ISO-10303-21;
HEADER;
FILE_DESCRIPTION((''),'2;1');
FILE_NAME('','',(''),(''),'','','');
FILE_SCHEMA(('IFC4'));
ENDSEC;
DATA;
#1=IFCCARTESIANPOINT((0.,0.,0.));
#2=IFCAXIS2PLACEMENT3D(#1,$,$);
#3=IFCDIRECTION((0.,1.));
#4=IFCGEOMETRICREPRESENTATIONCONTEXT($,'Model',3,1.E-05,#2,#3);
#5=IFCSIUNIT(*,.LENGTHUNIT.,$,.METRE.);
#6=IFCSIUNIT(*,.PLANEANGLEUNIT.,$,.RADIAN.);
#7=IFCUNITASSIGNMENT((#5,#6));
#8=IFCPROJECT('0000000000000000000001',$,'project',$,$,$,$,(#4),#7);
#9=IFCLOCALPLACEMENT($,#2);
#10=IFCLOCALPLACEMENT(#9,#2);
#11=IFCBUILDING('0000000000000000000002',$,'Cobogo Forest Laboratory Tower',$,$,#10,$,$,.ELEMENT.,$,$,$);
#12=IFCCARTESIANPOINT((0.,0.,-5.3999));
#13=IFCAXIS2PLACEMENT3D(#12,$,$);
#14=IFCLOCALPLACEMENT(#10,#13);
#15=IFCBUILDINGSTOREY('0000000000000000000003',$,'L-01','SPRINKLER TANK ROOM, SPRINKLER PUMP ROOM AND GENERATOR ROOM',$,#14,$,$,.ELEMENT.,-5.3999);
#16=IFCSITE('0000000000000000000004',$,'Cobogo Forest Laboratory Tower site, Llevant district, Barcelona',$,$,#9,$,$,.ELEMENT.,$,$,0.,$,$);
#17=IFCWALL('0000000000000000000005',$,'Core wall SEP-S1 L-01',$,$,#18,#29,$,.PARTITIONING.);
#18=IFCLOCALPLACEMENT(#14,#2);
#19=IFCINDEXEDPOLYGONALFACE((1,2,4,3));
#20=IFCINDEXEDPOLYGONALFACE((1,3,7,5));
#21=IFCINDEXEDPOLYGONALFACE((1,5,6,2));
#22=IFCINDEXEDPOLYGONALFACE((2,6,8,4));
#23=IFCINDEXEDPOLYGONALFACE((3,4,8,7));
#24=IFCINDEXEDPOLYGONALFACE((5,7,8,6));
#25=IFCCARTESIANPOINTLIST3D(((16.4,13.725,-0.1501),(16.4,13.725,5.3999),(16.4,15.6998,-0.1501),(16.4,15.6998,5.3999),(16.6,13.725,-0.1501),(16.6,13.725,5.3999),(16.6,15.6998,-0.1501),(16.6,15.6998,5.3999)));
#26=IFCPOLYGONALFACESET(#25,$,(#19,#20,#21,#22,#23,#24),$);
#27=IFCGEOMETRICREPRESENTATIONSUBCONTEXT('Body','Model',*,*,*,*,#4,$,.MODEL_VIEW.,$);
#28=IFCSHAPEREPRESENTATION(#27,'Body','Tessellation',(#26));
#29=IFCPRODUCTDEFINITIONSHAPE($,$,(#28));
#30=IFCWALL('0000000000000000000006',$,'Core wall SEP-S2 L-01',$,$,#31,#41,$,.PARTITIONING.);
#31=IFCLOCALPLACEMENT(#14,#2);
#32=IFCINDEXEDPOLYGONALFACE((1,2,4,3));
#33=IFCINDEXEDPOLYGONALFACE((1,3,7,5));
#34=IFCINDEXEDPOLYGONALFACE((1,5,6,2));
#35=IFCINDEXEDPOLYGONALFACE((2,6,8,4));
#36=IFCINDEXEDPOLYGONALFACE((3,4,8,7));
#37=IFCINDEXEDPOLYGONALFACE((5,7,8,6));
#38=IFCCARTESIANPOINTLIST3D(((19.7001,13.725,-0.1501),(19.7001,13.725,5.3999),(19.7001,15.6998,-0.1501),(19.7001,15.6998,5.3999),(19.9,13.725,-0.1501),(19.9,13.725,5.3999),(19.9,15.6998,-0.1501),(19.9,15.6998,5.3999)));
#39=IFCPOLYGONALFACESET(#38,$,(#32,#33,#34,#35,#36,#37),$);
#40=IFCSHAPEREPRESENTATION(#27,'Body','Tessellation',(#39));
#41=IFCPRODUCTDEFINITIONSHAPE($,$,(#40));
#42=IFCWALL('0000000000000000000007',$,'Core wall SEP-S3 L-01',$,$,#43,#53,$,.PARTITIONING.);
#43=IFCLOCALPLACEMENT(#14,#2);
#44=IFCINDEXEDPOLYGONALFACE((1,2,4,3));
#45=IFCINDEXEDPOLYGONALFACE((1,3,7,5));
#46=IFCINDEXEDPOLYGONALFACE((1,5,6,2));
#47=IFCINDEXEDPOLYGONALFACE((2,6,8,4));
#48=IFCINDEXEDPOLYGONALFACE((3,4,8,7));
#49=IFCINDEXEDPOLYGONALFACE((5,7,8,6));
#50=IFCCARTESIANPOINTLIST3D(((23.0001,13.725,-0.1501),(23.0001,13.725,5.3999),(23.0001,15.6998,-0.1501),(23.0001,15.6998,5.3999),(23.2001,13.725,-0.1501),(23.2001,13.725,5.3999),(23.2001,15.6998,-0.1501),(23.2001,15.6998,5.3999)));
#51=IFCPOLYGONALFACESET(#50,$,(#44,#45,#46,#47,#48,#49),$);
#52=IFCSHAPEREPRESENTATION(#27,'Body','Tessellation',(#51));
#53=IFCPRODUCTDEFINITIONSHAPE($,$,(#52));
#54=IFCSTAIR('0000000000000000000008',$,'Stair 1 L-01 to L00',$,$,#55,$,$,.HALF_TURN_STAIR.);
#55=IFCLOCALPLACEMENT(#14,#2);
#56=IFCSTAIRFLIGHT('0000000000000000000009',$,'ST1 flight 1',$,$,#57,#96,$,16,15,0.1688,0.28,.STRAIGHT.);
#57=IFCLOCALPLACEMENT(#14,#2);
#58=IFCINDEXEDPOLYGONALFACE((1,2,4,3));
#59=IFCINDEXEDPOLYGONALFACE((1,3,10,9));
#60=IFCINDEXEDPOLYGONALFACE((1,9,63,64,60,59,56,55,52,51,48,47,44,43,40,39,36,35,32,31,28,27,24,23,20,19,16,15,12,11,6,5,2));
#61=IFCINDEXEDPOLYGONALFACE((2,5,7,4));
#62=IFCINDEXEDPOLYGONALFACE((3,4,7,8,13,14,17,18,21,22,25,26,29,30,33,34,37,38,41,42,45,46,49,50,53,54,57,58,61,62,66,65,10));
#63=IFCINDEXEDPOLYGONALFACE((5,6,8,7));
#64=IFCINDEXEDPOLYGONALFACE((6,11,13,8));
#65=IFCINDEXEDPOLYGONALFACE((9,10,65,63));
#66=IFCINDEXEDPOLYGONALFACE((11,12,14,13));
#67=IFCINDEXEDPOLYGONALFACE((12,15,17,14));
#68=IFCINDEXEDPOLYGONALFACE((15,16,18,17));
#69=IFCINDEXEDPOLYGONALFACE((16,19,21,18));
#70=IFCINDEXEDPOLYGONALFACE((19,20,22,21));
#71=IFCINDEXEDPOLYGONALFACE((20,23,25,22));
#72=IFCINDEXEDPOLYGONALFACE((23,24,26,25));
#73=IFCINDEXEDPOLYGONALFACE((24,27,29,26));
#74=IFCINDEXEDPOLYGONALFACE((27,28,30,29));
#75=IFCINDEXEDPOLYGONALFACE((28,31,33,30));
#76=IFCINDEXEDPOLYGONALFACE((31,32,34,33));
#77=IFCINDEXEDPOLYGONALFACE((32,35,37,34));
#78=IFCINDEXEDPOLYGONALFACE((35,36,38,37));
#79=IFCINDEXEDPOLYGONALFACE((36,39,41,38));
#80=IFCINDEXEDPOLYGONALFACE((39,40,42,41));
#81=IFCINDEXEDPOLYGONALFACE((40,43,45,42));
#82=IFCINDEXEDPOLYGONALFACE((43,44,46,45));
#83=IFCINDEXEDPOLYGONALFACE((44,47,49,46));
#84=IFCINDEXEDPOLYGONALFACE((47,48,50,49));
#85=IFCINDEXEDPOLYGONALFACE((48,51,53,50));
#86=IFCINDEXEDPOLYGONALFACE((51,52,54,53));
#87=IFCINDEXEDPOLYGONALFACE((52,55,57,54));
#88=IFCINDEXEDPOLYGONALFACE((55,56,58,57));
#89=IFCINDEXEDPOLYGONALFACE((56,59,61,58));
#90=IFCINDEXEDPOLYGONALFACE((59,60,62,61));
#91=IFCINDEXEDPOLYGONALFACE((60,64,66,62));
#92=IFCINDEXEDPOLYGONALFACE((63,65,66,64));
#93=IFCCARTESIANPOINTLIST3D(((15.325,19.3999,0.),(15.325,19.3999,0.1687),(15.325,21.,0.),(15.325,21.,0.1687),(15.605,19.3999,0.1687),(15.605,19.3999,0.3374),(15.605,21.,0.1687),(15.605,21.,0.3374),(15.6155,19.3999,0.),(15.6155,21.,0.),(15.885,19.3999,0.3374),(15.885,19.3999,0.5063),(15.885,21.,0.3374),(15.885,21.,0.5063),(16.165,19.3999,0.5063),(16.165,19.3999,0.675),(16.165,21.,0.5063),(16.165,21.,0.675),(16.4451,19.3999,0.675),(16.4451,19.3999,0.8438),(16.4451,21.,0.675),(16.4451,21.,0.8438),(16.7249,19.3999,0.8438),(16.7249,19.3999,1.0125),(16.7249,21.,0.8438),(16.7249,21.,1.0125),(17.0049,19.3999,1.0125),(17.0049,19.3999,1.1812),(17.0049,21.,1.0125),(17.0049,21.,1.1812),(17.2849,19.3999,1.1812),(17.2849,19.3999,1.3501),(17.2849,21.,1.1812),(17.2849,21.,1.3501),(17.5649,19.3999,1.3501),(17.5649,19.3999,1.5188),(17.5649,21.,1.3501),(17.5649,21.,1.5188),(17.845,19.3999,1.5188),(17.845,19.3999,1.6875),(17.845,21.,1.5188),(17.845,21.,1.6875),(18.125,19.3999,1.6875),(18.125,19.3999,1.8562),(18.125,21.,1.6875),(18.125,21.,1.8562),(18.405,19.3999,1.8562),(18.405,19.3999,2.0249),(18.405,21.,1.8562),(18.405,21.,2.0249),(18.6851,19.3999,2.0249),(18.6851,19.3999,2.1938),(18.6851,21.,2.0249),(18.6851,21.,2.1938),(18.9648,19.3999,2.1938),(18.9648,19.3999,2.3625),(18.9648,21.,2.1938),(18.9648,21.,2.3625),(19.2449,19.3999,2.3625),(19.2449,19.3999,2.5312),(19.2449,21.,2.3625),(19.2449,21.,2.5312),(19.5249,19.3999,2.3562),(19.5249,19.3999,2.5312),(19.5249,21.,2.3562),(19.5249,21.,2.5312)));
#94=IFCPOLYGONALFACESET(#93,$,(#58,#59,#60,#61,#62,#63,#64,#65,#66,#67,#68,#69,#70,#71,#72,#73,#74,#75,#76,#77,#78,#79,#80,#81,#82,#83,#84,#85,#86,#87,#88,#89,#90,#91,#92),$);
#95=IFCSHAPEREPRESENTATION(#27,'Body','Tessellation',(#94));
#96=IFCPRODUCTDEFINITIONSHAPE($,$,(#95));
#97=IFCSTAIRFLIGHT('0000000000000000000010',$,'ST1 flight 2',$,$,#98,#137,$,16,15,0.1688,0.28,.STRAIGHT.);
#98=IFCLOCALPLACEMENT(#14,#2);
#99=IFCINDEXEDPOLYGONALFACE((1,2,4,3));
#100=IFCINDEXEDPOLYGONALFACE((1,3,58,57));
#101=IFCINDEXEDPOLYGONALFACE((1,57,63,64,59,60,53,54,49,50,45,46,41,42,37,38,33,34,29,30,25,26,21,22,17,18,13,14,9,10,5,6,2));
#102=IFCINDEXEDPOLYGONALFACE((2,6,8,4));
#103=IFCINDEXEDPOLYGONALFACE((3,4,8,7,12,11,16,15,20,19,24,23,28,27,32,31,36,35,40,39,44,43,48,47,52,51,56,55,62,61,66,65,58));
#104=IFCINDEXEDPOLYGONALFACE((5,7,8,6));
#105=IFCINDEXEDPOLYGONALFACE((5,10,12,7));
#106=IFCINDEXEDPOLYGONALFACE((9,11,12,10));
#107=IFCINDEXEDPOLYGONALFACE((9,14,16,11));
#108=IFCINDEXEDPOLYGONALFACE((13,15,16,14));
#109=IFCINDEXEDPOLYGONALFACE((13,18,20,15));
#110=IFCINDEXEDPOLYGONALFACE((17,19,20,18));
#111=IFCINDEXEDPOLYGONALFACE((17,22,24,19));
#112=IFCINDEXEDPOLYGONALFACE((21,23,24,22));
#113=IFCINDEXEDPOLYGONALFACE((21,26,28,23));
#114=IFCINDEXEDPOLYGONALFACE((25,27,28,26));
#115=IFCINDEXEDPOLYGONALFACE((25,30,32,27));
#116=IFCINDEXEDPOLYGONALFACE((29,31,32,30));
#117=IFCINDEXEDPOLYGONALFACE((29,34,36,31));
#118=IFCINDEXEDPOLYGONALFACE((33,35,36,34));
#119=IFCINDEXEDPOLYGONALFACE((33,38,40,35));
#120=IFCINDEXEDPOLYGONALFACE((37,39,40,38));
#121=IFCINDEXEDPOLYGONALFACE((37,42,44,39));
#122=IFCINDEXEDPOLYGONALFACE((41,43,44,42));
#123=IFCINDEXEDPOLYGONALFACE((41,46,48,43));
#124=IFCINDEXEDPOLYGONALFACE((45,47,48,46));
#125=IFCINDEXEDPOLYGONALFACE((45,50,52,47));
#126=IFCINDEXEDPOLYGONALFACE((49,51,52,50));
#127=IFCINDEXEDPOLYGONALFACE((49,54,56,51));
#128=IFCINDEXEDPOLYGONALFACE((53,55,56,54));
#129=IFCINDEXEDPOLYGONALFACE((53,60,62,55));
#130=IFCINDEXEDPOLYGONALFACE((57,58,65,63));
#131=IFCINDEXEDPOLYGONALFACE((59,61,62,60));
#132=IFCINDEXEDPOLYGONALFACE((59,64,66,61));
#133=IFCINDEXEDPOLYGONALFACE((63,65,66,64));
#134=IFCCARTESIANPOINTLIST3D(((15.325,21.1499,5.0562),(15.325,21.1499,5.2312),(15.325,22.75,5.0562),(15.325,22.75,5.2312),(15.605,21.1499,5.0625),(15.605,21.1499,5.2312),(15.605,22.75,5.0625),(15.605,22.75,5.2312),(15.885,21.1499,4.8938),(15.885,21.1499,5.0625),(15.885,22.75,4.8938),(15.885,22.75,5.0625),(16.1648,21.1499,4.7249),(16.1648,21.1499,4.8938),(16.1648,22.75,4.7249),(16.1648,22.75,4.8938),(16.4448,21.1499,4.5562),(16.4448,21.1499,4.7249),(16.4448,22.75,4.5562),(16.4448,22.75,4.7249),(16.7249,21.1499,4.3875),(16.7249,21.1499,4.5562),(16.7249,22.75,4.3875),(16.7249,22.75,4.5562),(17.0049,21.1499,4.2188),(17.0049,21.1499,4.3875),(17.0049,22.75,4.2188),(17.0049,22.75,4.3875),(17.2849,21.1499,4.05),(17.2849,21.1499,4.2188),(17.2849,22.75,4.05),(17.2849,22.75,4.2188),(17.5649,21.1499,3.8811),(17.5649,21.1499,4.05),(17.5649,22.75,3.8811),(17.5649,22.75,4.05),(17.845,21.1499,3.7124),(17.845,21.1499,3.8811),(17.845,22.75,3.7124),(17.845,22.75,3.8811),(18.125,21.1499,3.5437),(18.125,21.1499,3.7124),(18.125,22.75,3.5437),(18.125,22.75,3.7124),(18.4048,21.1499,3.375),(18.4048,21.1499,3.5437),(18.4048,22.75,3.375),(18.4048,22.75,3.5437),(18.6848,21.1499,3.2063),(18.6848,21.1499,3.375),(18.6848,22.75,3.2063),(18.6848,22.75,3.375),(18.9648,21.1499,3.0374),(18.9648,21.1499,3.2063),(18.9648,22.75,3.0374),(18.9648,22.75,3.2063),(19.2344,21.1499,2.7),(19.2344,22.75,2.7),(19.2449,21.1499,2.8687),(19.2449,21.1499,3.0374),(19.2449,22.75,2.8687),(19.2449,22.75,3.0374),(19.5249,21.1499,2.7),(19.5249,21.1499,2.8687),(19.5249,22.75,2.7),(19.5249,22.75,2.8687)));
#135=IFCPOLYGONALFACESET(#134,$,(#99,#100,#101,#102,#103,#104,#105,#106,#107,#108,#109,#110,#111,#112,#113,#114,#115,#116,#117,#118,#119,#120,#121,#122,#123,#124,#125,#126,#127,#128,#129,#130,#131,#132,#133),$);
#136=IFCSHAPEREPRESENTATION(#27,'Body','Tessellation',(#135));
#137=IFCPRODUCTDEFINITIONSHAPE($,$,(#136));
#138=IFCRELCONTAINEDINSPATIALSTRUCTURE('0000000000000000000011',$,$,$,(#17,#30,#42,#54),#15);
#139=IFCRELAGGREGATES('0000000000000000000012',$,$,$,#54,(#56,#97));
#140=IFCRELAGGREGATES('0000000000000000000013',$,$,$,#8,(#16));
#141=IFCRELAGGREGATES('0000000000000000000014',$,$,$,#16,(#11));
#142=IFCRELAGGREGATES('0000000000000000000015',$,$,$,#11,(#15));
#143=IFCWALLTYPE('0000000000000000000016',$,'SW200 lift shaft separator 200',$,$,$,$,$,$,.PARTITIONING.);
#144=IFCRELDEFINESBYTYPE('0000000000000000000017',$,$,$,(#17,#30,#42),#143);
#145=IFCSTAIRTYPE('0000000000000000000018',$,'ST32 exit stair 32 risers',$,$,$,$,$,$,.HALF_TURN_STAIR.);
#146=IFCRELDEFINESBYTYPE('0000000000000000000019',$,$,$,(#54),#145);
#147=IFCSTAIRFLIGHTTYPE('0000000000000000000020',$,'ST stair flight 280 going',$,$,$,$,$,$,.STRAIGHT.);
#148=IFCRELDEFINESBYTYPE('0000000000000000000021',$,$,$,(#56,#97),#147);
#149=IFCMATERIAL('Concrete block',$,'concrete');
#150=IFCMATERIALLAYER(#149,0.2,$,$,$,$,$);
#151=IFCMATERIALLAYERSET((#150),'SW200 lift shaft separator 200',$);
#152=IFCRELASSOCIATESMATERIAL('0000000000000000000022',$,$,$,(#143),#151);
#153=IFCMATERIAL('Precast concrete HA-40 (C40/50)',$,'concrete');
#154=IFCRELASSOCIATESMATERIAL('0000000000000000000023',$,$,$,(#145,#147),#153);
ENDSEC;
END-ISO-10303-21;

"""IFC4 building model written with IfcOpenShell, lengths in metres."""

from ifc_helpers import new_model, si_unit, direction, frame, frame_2d, origin, place, context, subcontext, project, spatial, polyline, rectangle, outline, extrude, material, layer, layer_set, type_object, element, aggregate, save


model = new_model("IFC4")

# Units and contexts
model_context = context("Model", 3, precision=1e-05, world=origin(), true_north=direction((0.0, 1.0)))
body_context = subcontext(model_context, "Body", "Model", "MODEL_VIEW")
ifc_project = project(units=[si_unit("LENGTHUNIT", "METRE"), si_unit("PLANEANGLEUNIT", "RADIAN")], contexts=[model_context])

# Site, building, storey
site_placement = place(None, origin())
site = spatial("IfcSite", under=ifc_project, at=site_placement, Name="Cobogo Forest Laboratory Tower site, Llevant district, Barcelona", CompositionType="ELEMENT", RefElevation=0.0)
building_placement = place(site_placement, origin())
building = spatial("IfcBuilding", under=site, at=building_placement, Name="Cobogo Forest Laboratory Tower", CompositionType="ELEMENT")
storey_placement = place(building_placement, frame((0.0, 0.0, -5.3999)))
storey = spatial("IfcBuildingStorey", under=building, at=storey_placement, Name="L-01", Description="SPRINKLER TANK ROOM, SPRINKLER PUMP ROOM AND GENERATOR ROOM", CompositionType="ELEMENT", Elevation=-5.3999)

# Walls
ifc_material_1 = material(Name="Concrete block", Category="concrete")
ifc_layer_1 = layer(ifc_material_1, 0.2)
ifc_layer_set_1 = layer_set([ifc_layer_1], Name="SW200 lift shaft separator 200")
wall_type_1 = type_object("IfcWallType", Name="SW200 lift shaft separator 200", PredefinedType="PARTITIONING", material=ifc_layer_set_1)
for number, where, z_axis, x_axis, name in (
    (1, (16.5, 13.7251, -0.1501), (0.0, 0.0, 1.0), (0.0, 1.0, 0.0), "Core wall SEP-S1 L-01"),
    (2, (19.8, 13.7251, -0.1501), (0.0, 0.0, 1.0), (0.0, 1.0, 0.0), "Core wall SEP-S2 L-01"),
    (3, (23.1001, 13.7251, -0.1501), (0.0, 0.0, 1.0), (0.0, 1.0, 0.0), "Core wall SEP-S3 L-01"),
):
    element("IfcWall", number, at=place(storey_placement, frame(where, z_axis=z_axis, x_axis=x_axis)), inside=storey, type_object=wall_type_1, Name=name, PredefinedType="PARTITIONING", context=body_context, shape_type="SweptSolid", body=[
        extrude(rectangle(XDim=1.9749, YDim=0.2, at=frame_2d((0.9873, 0.0))), origin(), (0.0, 0.0, 1.0), 5.55),
    ])

# Stair, stair flights
ifc_material_2 = material(Name="Precast concrete HA-40 (C40/50)", Category="concrete")
stair_type = type_object("IfcStairType", Name="ST32 exit stair 32 risers", PredefinedType="HALF_TURN_STAIR", material=ifc_material_2)
stair_placement = place(storey_placement, origin())
stair = element("IfcStair", 4, at=stair_placement, inside=storey, type_object=stair_type, Name="Stair 1 L-01 to L00", PredefinedType="HALF_TURN_STAIR")
stair_flight_type = type_object("IfcStairFlightType", Name="ST stair flight 280 going", PredefinedType="STRAIGHT", material=ifc_material_2)
stair_flight_1_placement = place(storey_placement, frame((15.325, 20.2, 0.0), z_axis=(0.0, 0.0, 1.0), x_axis=(1.0, 0.0, 0.0)))
stair_flight_1 = element("IfcStairFlight", 5, at=stair_flight_1_placement, type_object=stair_flight_type, Name="ST1 flight 1", NumberOfRisers=16, NumberOfTreads=15, PredefinedType="STRAIGHT", RiserHeight=0.1688, TreadLength=0.28, context=body_context, shape_type="SweptSolid", body=[
    extrude(outline(polyline([(0.0, 0.0), (0.0, 0.1687), (0.28, 0.1687), (0.28, 0.3374), (0.5601, 0.3374), (0.5601, 0.5063), (0.8401, 0.5063), (0.8401, 0.675), (1.1201, 0.675), (1.1201, 0.8438), (1.3999, 0.8438), (1.3999, 1.0125), (1.6799, 1.0125), (1.6799, 1.1812), (1.96, 1.1812), (1.96, 1.3501), (2.24, 1.3501), (2.24, 1.5188), (2.52, 1.5188), (2.52, 1.6875), (2.8, 1.6875), (2.8, 1.8562), (3.0801, 1.8562), (3.0801, 2.0249), (3.3601, 2.0249), (3.3601, 2.1938), (3.6399, 2.1938), (3.6399, 2.3625), (3.9199, 2.3625), (3.9199, 2.5312), (4.2, 2.5312), (4.2, 2.7), (4.2, 2.3562), (0.2905, 0.0), (0.0, 0.0)])), frame((0.0, 0.8, 0.0), z_axis=(0.0, -1.0, 0.0), x_axis=(1.0, 0.0, 0.0)), (0.0, 0.0, 1.0), 1.6001),
])
stair_flight_2_placement = place(storey_placement, frame((19.5249, 21.95, 2.7), z_axis=(0.0, 0.0, 1.0), x_axis=(-1.0, 0.0, 0.0)))
stair_flight_2 = element("IfcStairFlight", 6, at=stair_flight_2_placement, type_object=stair_flight_type, Name="ST1 flight 2", NumberOfRisers=16, NumberOfTreads=15, PredefinedType="STRAIGHT", RiserHeight=0.1688, TreadLength=0.28, context=body_context, shape_type="SweptSolid", body=[
    extrude(outline(polyline([(0.0, 0.0), (0.0, 0.1687), (0.28, 0.1687), (0.28, 0.3374), (0.5601, 0.3374), (0.5601, 0.5063), (0.8401, 0.5063), (0.8401, 0.675), (1.1201, 0.675), (1.1201, 0.8438), (1.3999, 0.8438), (1.3999, 1.0125), (1.6799, 1.0125), (1.6799, 1.1812), (1.96, 1.1812), (1.96, 1.3501), (2.24, 1.3501), (2.24, 1.5188), (2.52, 1.5188), (2.52, 1.6875), (2.8, 1.6875), (2.8, 1.8562), (3.0801, 1.8562), (3.0801, 2.0249), (3.3601, 2.0249), (3.3601, 2.1938), (3.6399, 2.1938), (3.6399, 2.3625), (3.9199, 2.3625), (3.9199, 2.5312), (4.2, 2.5312), (4.2, 2.7), (4.2, 2.3562), (0.2905, 0.0), (0.0, 0.0)])), frame((0.0, 0.8, 0.0), z_axis=(0.0, -1.0, 0.0), x_axis=(1.0, 0.0, 0.0)), (0.0, 0.0, 1.0), 1.6001),
])
aggregate(stair, [stair_flight_1, stair_flight_2])

save(model, "model.ifc")
